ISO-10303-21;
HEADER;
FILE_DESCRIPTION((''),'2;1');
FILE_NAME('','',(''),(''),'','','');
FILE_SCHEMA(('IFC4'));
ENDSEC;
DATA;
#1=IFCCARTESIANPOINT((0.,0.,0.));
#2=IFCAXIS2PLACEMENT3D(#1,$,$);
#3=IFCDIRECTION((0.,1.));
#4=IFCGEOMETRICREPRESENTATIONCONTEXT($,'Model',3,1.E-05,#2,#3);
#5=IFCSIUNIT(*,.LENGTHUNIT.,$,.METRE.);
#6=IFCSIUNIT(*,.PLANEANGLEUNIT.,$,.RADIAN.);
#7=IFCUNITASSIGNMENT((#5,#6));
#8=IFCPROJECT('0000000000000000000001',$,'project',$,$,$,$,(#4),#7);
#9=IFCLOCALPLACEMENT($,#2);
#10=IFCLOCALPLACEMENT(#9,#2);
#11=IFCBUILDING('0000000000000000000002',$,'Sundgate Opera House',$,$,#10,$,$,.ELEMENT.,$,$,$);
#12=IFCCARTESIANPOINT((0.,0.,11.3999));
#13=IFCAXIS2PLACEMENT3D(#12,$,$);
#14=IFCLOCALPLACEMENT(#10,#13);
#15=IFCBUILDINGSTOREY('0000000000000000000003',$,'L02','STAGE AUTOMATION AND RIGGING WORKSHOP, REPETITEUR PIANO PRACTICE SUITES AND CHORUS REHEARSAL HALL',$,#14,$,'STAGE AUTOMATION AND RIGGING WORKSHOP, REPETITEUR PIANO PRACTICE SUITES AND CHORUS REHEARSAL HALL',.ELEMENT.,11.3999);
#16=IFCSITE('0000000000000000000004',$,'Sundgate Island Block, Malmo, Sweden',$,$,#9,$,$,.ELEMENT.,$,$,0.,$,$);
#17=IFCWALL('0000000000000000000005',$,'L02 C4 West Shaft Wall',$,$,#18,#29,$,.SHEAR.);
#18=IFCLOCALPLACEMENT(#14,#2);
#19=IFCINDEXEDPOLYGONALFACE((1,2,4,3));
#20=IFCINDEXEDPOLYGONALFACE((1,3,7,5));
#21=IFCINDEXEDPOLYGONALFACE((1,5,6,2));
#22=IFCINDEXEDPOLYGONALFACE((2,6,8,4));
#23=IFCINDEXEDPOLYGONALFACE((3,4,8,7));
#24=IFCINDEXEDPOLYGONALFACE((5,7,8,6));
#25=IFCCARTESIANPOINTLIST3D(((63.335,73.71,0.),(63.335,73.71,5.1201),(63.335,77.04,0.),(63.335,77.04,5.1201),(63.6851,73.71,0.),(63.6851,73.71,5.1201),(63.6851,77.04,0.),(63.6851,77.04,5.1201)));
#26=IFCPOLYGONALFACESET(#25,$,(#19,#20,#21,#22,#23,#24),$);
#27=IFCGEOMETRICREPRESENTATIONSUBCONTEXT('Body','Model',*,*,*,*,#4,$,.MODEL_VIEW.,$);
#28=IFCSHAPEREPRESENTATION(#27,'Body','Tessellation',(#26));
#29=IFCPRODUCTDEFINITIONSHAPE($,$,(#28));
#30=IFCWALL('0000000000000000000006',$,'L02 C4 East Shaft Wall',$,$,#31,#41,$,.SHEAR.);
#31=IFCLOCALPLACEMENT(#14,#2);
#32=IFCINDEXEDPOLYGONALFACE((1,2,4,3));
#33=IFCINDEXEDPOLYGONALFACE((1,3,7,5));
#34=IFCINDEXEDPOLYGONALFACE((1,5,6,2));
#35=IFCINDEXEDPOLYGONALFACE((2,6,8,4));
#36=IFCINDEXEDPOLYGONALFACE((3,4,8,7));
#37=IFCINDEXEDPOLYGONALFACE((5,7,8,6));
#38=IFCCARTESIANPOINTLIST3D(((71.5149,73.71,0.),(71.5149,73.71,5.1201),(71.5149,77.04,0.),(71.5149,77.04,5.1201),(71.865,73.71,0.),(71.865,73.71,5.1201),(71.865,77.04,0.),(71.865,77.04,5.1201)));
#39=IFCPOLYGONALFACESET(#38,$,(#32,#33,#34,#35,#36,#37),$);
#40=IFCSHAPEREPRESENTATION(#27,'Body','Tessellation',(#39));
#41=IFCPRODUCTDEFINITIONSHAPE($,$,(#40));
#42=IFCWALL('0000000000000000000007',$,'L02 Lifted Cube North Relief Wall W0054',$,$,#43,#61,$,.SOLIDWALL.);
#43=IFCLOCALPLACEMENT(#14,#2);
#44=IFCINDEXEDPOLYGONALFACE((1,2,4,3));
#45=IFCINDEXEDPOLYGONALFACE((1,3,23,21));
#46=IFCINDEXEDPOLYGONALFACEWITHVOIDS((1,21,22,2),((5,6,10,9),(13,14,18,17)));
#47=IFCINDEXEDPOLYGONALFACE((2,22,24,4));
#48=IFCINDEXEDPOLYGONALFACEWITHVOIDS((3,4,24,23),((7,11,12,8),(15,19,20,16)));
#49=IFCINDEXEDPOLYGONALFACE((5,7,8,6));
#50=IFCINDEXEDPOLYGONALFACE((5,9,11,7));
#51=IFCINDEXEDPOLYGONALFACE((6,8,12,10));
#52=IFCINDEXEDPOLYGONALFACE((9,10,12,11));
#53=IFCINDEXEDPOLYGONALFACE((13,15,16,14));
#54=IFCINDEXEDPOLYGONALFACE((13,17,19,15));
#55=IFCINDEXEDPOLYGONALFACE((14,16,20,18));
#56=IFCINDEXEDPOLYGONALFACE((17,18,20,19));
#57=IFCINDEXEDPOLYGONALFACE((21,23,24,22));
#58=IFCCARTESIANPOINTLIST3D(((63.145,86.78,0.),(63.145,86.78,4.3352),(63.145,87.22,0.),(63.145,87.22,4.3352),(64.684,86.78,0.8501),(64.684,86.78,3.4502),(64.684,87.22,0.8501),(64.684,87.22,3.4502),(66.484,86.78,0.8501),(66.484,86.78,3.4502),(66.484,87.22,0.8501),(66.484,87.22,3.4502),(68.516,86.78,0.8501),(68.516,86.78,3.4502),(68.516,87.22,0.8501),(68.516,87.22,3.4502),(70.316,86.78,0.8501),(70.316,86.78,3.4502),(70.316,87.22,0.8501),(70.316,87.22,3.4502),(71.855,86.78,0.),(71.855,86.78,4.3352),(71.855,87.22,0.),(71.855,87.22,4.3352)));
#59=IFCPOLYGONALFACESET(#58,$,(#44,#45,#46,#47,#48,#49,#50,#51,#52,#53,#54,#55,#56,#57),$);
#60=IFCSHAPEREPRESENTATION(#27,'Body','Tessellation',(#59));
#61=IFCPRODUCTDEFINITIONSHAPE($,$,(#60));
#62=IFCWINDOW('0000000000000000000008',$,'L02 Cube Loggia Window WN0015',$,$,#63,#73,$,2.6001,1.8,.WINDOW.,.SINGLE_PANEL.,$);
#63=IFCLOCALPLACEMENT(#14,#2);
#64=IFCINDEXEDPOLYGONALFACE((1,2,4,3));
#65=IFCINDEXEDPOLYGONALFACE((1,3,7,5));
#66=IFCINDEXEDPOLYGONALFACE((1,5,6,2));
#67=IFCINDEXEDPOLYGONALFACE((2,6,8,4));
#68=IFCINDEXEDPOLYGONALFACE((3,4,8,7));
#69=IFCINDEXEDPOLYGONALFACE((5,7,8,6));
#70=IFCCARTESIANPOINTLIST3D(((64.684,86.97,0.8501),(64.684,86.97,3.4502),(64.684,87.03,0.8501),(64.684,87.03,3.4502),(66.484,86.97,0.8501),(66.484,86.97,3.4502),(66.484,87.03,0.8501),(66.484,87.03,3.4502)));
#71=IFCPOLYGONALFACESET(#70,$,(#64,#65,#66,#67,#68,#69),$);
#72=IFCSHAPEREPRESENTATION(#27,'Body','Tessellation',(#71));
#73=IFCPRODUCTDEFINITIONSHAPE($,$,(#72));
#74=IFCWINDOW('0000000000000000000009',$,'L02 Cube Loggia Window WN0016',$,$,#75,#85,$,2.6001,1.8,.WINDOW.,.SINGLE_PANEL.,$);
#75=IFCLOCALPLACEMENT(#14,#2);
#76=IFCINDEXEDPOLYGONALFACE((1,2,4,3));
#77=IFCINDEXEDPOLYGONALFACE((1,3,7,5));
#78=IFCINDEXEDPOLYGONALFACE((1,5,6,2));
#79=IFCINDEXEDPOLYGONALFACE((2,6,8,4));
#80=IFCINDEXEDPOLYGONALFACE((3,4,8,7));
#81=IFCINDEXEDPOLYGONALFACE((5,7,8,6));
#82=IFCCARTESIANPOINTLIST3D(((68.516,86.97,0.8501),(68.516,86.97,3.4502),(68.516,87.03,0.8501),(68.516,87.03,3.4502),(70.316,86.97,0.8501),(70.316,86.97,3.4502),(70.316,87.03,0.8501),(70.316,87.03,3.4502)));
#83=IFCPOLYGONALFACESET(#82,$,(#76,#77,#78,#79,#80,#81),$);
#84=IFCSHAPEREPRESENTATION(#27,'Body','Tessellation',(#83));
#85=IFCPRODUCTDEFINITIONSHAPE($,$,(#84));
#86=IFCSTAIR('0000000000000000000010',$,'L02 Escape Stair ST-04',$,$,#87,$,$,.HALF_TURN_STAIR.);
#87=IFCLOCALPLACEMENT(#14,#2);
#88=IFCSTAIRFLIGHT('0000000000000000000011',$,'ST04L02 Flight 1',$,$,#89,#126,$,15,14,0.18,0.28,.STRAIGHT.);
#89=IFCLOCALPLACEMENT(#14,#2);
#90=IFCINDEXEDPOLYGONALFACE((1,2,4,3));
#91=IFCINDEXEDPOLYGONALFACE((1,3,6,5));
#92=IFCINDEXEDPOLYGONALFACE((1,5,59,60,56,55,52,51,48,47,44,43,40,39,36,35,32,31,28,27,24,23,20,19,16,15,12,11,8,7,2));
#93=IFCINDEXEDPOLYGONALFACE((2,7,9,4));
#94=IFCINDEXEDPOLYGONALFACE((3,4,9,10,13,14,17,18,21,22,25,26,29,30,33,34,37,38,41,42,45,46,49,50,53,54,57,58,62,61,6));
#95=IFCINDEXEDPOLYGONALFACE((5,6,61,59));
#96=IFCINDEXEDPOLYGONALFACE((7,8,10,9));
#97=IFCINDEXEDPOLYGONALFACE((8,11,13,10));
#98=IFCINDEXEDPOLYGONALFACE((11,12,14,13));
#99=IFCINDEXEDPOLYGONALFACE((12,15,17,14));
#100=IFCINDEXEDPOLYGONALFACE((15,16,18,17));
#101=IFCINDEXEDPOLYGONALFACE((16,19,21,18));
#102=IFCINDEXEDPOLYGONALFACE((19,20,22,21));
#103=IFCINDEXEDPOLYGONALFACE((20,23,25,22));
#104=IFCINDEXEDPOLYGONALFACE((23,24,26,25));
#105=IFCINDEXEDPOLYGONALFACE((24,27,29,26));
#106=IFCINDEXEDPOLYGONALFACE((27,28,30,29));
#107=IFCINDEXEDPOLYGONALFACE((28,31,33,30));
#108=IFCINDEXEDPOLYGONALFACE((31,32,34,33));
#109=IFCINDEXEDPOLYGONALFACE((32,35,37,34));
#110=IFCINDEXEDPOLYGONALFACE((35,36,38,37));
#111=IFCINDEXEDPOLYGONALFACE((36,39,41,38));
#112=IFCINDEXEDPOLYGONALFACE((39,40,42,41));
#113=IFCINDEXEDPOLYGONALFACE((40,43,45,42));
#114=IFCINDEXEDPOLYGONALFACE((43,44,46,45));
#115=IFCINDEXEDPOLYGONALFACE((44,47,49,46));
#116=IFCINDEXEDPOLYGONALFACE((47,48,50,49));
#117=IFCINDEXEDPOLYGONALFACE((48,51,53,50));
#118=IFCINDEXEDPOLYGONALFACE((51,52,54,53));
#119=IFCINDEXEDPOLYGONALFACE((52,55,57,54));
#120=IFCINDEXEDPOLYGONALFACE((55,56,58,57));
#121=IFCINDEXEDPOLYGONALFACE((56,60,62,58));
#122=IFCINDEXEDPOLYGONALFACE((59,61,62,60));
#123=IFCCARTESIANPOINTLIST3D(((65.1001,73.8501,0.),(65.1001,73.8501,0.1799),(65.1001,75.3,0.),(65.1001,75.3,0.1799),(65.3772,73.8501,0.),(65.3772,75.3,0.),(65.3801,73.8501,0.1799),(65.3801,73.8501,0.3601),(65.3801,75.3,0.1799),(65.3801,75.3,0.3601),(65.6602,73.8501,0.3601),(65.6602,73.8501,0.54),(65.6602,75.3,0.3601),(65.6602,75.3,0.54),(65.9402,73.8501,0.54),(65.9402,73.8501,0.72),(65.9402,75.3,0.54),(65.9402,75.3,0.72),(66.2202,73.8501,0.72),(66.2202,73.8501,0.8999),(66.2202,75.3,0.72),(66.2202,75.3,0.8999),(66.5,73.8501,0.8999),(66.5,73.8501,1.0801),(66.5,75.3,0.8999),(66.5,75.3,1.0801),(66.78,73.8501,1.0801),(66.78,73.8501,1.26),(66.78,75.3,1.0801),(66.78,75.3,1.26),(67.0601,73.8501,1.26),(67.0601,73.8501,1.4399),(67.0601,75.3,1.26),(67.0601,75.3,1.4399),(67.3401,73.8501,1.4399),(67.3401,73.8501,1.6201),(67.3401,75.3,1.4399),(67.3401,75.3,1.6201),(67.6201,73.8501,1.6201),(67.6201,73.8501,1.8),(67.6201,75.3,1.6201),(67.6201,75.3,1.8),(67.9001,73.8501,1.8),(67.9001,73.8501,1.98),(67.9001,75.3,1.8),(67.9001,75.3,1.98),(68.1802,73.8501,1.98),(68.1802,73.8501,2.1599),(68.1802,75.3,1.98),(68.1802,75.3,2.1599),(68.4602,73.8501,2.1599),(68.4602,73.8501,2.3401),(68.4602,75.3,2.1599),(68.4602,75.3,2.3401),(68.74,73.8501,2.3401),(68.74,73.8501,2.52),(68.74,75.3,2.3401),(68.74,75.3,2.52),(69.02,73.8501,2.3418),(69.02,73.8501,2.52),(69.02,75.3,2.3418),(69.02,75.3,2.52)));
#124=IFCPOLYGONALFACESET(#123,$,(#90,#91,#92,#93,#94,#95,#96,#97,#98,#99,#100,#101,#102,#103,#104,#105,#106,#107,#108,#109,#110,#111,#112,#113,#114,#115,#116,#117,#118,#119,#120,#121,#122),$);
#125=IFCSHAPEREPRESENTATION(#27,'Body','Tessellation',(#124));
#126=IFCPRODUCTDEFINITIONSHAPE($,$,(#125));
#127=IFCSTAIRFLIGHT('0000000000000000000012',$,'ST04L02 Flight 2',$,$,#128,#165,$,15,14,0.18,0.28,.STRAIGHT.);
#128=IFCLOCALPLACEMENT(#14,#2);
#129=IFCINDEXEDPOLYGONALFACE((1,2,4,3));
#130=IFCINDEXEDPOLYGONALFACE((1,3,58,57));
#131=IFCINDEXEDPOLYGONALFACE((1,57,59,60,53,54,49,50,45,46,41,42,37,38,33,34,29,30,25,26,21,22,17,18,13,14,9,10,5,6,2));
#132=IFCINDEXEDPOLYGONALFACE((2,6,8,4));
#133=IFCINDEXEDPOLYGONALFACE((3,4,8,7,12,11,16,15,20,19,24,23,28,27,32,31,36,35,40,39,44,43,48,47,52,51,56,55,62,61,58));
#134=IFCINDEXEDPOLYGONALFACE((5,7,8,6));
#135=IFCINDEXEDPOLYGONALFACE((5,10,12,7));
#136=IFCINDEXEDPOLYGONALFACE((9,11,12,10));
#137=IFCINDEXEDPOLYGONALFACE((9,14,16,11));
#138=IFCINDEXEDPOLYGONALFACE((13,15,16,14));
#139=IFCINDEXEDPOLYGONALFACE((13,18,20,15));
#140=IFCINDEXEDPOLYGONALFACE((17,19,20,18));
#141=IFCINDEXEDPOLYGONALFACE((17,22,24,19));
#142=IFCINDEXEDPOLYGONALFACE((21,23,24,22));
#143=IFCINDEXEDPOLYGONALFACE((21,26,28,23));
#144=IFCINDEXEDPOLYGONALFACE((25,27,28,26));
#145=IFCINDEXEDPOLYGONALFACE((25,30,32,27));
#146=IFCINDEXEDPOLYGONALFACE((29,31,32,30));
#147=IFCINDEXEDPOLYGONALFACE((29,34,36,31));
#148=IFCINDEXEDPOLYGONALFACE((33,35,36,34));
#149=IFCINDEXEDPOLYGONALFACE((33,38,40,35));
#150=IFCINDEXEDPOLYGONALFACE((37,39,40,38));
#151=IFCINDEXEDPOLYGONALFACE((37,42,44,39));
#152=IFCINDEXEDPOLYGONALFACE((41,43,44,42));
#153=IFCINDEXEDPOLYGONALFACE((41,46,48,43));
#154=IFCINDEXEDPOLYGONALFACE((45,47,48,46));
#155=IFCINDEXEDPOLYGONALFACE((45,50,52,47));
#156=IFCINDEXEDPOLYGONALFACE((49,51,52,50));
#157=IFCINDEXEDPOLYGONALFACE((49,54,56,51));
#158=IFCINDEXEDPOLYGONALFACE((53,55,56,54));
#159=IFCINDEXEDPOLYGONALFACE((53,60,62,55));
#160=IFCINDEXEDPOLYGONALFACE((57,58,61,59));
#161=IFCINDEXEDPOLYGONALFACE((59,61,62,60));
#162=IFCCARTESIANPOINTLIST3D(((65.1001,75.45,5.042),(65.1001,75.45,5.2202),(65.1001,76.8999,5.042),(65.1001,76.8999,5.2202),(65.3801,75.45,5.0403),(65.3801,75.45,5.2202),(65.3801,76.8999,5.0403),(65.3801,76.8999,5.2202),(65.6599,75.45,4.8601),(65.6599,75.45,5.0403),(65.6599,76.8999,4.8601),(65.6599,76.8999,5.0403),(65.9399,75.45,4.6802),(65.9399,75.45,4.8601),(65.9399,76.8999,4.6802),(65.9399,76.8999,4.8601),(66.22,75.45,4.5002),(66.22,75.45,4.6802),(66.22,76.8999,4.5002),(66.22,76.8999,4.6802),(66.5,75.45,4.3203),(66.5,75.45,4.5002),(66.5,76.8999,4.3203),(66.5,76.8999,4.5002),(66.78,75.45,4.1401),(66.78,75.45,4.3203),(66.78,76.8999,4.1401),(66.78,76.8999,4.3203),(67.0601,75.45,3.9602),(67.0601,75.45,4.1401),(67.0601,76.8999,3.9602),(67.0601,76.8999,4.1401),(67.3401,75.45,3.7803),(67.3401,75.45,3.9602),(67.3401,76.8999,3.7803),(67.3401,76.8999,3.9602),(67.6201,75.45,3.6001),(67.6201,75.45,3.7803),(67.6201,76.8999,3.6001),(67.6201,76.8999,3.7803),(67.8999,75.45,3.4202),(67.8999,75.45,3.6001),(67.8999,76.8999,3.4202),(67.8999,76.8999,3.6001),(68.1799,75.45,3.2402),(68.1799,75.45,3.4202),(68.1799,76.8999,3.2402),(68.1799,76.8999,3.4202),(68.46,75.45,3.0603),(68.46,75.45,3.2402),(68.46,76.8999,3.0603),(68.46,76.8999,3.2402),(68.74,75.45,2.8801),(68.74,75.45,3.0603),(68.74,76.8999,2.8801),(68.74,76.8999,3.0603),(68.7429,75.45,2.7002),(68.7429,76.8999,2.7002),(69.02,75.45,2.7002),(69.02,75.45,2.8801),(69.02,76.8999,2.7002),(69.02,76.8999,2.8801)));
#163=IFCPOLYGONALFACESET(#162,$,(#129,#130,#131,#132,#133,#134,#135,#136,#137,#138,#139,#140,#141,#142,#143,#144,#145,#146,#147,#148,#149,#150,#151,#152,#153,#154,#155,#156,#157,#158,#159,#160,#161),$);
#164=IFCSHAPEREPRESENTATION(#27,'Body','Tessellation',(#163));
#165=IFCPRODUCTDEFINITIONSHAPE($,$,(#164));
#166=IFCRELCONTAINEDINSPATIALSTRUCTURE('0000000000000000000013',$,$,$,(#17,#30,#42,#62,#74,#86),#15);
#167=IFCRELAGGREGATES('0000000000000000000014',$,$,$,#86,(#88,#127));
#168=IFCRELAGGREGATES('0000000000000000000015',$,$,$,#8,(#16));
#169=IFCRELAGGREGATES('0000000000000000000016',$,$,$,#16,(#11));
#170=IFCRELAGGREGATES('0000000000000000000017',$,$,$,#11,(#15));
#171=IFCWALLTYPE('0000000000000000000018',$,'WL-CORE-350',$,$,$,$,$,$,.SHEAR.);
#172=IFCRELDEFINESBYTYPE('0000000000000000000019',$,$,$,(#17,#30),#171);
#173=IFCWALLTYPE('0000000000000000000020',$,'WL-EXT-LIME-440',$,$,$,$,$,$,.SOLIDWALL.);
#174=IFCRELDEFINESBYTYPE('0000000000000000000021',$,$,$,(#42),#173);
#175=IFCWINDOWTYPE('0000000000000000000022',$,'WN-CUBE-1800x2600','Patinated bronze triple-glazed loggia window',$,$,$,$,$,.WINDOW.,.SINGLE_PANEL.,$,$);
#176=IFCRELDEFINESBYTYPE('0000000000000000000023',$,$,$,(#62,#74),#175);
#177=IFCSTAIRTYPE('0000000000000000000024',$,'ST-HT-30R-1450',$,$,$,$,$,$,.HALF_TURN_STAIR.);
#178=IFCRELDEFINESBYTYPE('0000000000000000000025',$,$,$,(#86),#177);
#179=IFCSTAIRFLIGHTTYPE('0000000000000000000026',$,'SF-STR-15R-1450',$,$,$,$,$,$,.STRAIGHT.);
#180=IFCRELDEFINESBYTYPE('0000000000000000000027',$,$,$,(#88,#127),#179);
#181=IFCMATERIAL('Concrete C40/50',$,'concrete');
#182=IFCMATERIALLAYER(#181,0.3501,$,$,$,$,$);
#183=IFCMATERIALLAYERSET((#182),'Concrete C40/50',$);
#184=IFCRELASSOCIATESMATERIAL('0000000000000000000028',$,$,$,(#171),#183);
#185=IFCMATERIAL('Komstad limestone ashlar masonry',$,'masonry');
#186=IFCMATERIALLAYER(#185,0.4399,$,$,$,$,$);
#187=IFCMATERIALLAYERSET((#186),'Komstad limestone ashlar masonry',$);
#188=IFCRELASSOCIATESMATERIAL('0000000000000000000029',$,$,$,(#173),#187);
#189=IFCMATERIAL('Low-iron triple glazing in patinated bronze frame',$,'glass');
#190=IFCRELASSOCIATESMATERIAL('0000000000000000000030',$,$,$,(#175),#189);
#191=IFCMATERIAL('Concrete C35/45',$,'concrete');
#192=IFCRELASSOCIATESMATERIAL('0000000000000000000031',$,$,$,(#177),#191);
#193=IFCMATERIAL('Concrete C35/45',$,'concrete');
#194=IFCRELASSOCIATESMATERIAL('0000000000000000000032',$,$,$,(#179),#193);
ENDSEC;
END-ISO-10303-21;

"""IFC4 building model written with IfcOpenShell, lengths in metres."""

from ifc_helpers import new_model, si_unit, direction, frame, frame_2d, origin, place, context, subcontext, project, spatial, polyline, rectangle, outline, extrude, material, layer, layer_set, type_object, element, fill, aggregate, save


model = new_model("IFC4")

# Units and contexts
model_context = context("Model", 3, precision=1e-05, world=origin(), true_north=direction((0.0, 1.0)))
body_context = subcontext(model_context, "Body", "Model", "MODEL_VIEW")
ifc_project = project(units=[si_unit("LENGTHUNIT", "METRE"), si_unit("PLANEANGLEUNIT", "RADIAN")], contexts=[model_context])

# Site, building, storey
site_placement = place(None, origin())
site = spatial("IfcSite", under=ifc_project, at=site_placement, Name="Sundgate Island Block, Malmo, Sweden", CompositionType="ELEMENT", RefElevation=0.0)
building_placement = place(site_placement, origin())
building = spatial("IfcBuilding", under=site, at=building_placement, Name="Sundgate Opera House", CompositionType="ELEMENT")
storey_placement = place(building_placement, frame((0.0, 0.0, 11.3999)))
storey = spatial("IfcBuildingStorey", under=building, at=storey_placement, Name="L02", Description="STAGE AUTOMATION AND RIGGING WORKSHOP, REPETITEUR PIANO PRACTICE SUITES AND CHORUS REHEARSAL HALL", LongName="STAGE AUTOMATION AND RIGGING WORKSHOP, REPETITEUR PIANO PRACTICE SUITES AND CHORUS REHEARSAL HALL", CompositionType="ELEMENT", Elevation=11.3999)

# Shared definitions
ifc_material_1 = material(Name="Concrete C40/50", Category="concrete")
ifc_layer_1 = layer(ifc_material_1, 0.3501)
ifc_layer_set_1 = layer_set([ifc_layer_1], Name="Concrete C40/50")
wall_type_1 = type_object("IfcWallType", Name="WL-CORE-350", PredefinedType="SHEAR", material=ifc_layer_set_1)

# Walls
for number, where, z_axis, x_axis, name in (
    (1, (63.51, 73.71, 0.0), (0.0, 0.0, 1.0), (0.0, 1.0, 0.0), "L02 C4 West Shaft Wall"),
    (2, (71.6899, 73.71, 0.0), (0.0, 0.0, 1.0), (0.0, 1.0, 0.0), "L02 C4 East Shaft Wall"),
):
    element("IfcWall", number, at=place(storey_placement, frame(where, z_axis=z_axis, x_axis=x_axis)), inside=storey, type_object=wall_type_1, Name=name, PredefinedType="SHEAR", context=body_context, shape_type="SweptSolid", body=[
        extrude(rectangle(XDim=3.3301, YDim=0.3501, at=frame_2d((1.665, 0.0))), origin(), (0.0, 0.0, 1.0), 5.1201),
    ])

# Wall, openings, windows
ifc_material_2 = material(Name="Komstad limestone ashlar masonry", Category="masonry")
ifc_layer_2 = layer(ifc_material_2, 0.4399)
ifc_layer_set_2 = layer_set([ifc_layer_2], Name="Komstad limestone ashlar masonry")
wall_type_2 = type_object("IfcWallType", Name="WL-EXT-LIME-440", PredefinedType="SOLIDWALL", material=ifc_layer_set_2)
wall_1_placement = place(storey_placement, frame((63.145, 87.0, 0.0), z_axis=(0.0, 0.0, 1.0), x_axis=(1.0, 0.0, 0.0)))
wall_1 = element("IfcWall", 3, at=wall_1_placement, inside=storey, type_object=wall_type_2, Name="L02 Lifted Cube North Relief Wall W0054", PredefinedType="SOLIDWALL", context=body_context, shape_type="SweptSolid", body=[
    extrude(rectangle(XDim=8.71, YDim=0.4399, at=frame_2d((4.355, 0.0))), origin(), (0.0, 0.0, 1.0), 4.3352),
])
opening_1_placement = place(wall_1_placement, frame((1.5391, 0.0, 0.8501)))
opening_1 = element("IfcOpeningElement", 4, at=opening_1_placement, cuts=wall_1, PredefinedType="OPENING", context=body_context, shape_type="SweptSolid", body=[
    extrude(rectangle(XDim=1.8, YDim=2.6001, at=frame_2d((0.8999, 1.3))), frame((0.0, 0.23, 0.0), z_axis=(0.0, -1.0, 0.0), x_axis=(1.0, 0.0, 0.0)), (0.0, 0.0, 1.0), 0.46),
])
opening_2_placement = place(wall_1_placement, frame((5.3711, 0.0, 0.8501)))
opening_2 = element("IfcOpeningElement", 5, at=opening_2_placement, cuts=wall_1, PredefinedType="OPENING", context=body_context, shape_type="SweptSolid", body=[
    extrude(rectangle(XDim=1.8, YDim=2.6001, at=frame_2d((0.8999, 1.3))), frame((0.0, 0.23, 0.0), z_axis=(0.0, -1.0, 0.0), x_axis=(1.0, 0.0, 0.0)), (0.0, 0.0, 1.0), 0.46),
])
ifc_material_3 = material(Name="Low-iron triple glazing in patinated bronze frame", Category="glass")
window_type = type_object("IfcWindowType", Name="WN-CUBE-1800x2600", Description="Patinated bronze triple-glazed loggia window", PartitioningType="SINGLE_PANEL", PredefinedType="WINDOW", material=ifc_material_3)
window_1_placement = place(opening_1_placement, origin())
window_1 = element("IfcWindow", 6, at=window_1_placement, inside=storey, type_object=window_type, Name="L02 Cube Loggia Window WN0015", OverallHeight=2.6001, OverallWidth=1.8, PartitioningType="SINGLE_PANEL", PredefinedType="WINDOW", context=body_context, shape_type="SweptSolid", body=[
    extrude(rectangle(XDim=1.8, YDim=2.6001, at=frame_2d((0.8999, 1.3))), frame((0.0, 0.03, 0.0), z_axis=(0.0, -1.0, 0.0), x_axis=(1.0, 0.0, 0.0)), (0.0, 0.0, 1.0), 0.0601),
])
fill(opening_1, window_1)
window_2_placement = place(opening_2_placement, origin())
window_2 = element("IfcWindow", 7, at=window_2_placement, inside=storey, type_object=window_type, Name="L02 Cube Loggia Window WN0016", OverallHeight=2.6001, OverallWidth=1.8, PartitioningType="SINGLE_PANEL", PredefinedType="WINDOW", context=body_context, shape_type="SweptSolid", body=[
    extrude(rectangle(XDim=1.8, YDim=2.6001, at=frame_2d((0.8999, 1.3))), frame((0.0, 0.03, 0.0), z_axis=(0.0, -1.0, 0.0), x_axis=(1.0, 0.0, 0.0)), (0.0, 0.0, 1.0), 0.0601),
])
fill(opening_2, window_2)

# Stair, stair flights
ifc_material_4 = material(Name="Concrete C35/45", Category="concrete")
stair_type = type_object("IfcStairType", Name="ST-HT-30R-1450", PredefinedType="HALF_TURN_STAIR", material=ifc_material_4)
stair_placement = place(storey_placement, origin())
stair = element("IfcStair", 8, at=stair_placement, inside=storey, type_object=stair_type, Name="L02 Escape Stair ST-04", PredefinedType="HALF_TURN_STAIR")
ifc_material_5 = material(Name="Concrete C35/45", Category="concrete")
stair_flight_type = type_object("IfcStairFlightType", Name="SF-STR-15R-1450", PredefinedType="STRAIGHT", material=ifc_material_5)
stair_flight_1_placement = place(storey_placement, frame((65.1001, 74.575, 0.0), z_axis=(0.0, 0.0, 1.0), x_axis=(1.0, 0.0, 0.0)))
stair_flight_1 = element("IfcStairFlight", 9, at=stair_flight_1_placement, type_object=stair_flight_type, Name="ST04L02 Flight 1", NumberOfRisers=15, NumberOfTreads=14, PredefinedType="STRAIGHT", RiserHeight=0.18, TreadLength=0.28, context=body_context, shape_type="SweptSolid", body=[
    extrude(outline(polyline([(0.0, 0.0), (0.0, 0.1799), (0.28, 0.1799), (0.28, 0.3601), (0.5601, 0.3601), (0.5601, 0.54), (0.8401, 0.54), (0.8401, 0.72), (1.1201, 0.72), (1.1201, 0.8999), (1.3999, 0.8999), (1.3999, 1.0801), (1.6799, 1.0801), (1.6799, 1.26), (1.96, 1.26), (1.96, 1.4399), (2.24, 1.4399), (2.24, 1.6201), (2.52, 1.6201), (2.52, 1.8), (2.8, 1.8), (2.8, 1.98), (3.0801, 1.98), (3.0801, 2.1599), (3.3601, 2.1599), (3.3601, 2.3401), (3.6399, 2.3401), (3.6399, 2.52), (3.9199, 2.52), (3.9199, 2.7), (3.9199, 2.3418), (0.2771, 0.0), (0.0, 0.0)])), frame((0.0, 0.7251, 0.0), z_axis=(0.0, -1.0, 0.0), x_axis=(1.0, 0.0, 0.0)), (0.0, 0.0, 1.0), 1.45),
])
stair_flight_2_placement = place(storey_placement, frame((69.02, 76.175, 2.7002), z_axis=(0.0, 0.0, 1.0), x_axis=(-1.0, 0.0, 0.0)))
stair_flight_2 = element("IfcStairFlight", 10, at=stair_flight_2_placement, type_object=stair_flight_type, Name="ST04L02 Flight 2", NumberOfRisers=15, NumberOfTreads=14, PredefinedType="STRAIGHT", RiserHeight=0.18, TreadLength=0.28, context=body_context, shape_type="SweptSolid", body=[
    extrude(outline(polyline([(0.0, 0.0), (0.0, 0.1799), (0.28, 0.1799), (0.28, 0.3601), (0.5601, 0.3601), (0.5601, 0.54), (0.8401, 0.54), (0.8401, 0.72), (1.1201, 0.72), (1.1201, 0.8999), (1.3999, 0.8999), (1.3999, 1.0801), (1.6799, 1.0801), (1.6799, 1.26), (1.96, 1.26), (1.96, 1.4399), (2.24, 1.4399), (2.24, 1.6201), (2.52, 1.6201), (2.52, 1.8), (2.8, 1.8), (2.8, 1.98), (3.0801, 1.98), (3.0801, 2.1599), (3.3601, 2.1599), (3.3601, 2.3401), (3.6399, 2.3401), (3.6399, 2.52), (3.9199, 2.52), (3.9199, 2.7), (3.9199, 2.3418), (0.2771, 0.0), (0.0, 0.0)])), frame((0.0, 0.7251, 0.0), z_axis=(0.0, -1.0, 0.0), x_axis=(1.0, 0.0, 0.0)), (0.0, 0.0, 1.0), 1.45),
])
aggregate(stair, [stair_flight_1, stair_flight_2])

save(model, "model.ifc")
